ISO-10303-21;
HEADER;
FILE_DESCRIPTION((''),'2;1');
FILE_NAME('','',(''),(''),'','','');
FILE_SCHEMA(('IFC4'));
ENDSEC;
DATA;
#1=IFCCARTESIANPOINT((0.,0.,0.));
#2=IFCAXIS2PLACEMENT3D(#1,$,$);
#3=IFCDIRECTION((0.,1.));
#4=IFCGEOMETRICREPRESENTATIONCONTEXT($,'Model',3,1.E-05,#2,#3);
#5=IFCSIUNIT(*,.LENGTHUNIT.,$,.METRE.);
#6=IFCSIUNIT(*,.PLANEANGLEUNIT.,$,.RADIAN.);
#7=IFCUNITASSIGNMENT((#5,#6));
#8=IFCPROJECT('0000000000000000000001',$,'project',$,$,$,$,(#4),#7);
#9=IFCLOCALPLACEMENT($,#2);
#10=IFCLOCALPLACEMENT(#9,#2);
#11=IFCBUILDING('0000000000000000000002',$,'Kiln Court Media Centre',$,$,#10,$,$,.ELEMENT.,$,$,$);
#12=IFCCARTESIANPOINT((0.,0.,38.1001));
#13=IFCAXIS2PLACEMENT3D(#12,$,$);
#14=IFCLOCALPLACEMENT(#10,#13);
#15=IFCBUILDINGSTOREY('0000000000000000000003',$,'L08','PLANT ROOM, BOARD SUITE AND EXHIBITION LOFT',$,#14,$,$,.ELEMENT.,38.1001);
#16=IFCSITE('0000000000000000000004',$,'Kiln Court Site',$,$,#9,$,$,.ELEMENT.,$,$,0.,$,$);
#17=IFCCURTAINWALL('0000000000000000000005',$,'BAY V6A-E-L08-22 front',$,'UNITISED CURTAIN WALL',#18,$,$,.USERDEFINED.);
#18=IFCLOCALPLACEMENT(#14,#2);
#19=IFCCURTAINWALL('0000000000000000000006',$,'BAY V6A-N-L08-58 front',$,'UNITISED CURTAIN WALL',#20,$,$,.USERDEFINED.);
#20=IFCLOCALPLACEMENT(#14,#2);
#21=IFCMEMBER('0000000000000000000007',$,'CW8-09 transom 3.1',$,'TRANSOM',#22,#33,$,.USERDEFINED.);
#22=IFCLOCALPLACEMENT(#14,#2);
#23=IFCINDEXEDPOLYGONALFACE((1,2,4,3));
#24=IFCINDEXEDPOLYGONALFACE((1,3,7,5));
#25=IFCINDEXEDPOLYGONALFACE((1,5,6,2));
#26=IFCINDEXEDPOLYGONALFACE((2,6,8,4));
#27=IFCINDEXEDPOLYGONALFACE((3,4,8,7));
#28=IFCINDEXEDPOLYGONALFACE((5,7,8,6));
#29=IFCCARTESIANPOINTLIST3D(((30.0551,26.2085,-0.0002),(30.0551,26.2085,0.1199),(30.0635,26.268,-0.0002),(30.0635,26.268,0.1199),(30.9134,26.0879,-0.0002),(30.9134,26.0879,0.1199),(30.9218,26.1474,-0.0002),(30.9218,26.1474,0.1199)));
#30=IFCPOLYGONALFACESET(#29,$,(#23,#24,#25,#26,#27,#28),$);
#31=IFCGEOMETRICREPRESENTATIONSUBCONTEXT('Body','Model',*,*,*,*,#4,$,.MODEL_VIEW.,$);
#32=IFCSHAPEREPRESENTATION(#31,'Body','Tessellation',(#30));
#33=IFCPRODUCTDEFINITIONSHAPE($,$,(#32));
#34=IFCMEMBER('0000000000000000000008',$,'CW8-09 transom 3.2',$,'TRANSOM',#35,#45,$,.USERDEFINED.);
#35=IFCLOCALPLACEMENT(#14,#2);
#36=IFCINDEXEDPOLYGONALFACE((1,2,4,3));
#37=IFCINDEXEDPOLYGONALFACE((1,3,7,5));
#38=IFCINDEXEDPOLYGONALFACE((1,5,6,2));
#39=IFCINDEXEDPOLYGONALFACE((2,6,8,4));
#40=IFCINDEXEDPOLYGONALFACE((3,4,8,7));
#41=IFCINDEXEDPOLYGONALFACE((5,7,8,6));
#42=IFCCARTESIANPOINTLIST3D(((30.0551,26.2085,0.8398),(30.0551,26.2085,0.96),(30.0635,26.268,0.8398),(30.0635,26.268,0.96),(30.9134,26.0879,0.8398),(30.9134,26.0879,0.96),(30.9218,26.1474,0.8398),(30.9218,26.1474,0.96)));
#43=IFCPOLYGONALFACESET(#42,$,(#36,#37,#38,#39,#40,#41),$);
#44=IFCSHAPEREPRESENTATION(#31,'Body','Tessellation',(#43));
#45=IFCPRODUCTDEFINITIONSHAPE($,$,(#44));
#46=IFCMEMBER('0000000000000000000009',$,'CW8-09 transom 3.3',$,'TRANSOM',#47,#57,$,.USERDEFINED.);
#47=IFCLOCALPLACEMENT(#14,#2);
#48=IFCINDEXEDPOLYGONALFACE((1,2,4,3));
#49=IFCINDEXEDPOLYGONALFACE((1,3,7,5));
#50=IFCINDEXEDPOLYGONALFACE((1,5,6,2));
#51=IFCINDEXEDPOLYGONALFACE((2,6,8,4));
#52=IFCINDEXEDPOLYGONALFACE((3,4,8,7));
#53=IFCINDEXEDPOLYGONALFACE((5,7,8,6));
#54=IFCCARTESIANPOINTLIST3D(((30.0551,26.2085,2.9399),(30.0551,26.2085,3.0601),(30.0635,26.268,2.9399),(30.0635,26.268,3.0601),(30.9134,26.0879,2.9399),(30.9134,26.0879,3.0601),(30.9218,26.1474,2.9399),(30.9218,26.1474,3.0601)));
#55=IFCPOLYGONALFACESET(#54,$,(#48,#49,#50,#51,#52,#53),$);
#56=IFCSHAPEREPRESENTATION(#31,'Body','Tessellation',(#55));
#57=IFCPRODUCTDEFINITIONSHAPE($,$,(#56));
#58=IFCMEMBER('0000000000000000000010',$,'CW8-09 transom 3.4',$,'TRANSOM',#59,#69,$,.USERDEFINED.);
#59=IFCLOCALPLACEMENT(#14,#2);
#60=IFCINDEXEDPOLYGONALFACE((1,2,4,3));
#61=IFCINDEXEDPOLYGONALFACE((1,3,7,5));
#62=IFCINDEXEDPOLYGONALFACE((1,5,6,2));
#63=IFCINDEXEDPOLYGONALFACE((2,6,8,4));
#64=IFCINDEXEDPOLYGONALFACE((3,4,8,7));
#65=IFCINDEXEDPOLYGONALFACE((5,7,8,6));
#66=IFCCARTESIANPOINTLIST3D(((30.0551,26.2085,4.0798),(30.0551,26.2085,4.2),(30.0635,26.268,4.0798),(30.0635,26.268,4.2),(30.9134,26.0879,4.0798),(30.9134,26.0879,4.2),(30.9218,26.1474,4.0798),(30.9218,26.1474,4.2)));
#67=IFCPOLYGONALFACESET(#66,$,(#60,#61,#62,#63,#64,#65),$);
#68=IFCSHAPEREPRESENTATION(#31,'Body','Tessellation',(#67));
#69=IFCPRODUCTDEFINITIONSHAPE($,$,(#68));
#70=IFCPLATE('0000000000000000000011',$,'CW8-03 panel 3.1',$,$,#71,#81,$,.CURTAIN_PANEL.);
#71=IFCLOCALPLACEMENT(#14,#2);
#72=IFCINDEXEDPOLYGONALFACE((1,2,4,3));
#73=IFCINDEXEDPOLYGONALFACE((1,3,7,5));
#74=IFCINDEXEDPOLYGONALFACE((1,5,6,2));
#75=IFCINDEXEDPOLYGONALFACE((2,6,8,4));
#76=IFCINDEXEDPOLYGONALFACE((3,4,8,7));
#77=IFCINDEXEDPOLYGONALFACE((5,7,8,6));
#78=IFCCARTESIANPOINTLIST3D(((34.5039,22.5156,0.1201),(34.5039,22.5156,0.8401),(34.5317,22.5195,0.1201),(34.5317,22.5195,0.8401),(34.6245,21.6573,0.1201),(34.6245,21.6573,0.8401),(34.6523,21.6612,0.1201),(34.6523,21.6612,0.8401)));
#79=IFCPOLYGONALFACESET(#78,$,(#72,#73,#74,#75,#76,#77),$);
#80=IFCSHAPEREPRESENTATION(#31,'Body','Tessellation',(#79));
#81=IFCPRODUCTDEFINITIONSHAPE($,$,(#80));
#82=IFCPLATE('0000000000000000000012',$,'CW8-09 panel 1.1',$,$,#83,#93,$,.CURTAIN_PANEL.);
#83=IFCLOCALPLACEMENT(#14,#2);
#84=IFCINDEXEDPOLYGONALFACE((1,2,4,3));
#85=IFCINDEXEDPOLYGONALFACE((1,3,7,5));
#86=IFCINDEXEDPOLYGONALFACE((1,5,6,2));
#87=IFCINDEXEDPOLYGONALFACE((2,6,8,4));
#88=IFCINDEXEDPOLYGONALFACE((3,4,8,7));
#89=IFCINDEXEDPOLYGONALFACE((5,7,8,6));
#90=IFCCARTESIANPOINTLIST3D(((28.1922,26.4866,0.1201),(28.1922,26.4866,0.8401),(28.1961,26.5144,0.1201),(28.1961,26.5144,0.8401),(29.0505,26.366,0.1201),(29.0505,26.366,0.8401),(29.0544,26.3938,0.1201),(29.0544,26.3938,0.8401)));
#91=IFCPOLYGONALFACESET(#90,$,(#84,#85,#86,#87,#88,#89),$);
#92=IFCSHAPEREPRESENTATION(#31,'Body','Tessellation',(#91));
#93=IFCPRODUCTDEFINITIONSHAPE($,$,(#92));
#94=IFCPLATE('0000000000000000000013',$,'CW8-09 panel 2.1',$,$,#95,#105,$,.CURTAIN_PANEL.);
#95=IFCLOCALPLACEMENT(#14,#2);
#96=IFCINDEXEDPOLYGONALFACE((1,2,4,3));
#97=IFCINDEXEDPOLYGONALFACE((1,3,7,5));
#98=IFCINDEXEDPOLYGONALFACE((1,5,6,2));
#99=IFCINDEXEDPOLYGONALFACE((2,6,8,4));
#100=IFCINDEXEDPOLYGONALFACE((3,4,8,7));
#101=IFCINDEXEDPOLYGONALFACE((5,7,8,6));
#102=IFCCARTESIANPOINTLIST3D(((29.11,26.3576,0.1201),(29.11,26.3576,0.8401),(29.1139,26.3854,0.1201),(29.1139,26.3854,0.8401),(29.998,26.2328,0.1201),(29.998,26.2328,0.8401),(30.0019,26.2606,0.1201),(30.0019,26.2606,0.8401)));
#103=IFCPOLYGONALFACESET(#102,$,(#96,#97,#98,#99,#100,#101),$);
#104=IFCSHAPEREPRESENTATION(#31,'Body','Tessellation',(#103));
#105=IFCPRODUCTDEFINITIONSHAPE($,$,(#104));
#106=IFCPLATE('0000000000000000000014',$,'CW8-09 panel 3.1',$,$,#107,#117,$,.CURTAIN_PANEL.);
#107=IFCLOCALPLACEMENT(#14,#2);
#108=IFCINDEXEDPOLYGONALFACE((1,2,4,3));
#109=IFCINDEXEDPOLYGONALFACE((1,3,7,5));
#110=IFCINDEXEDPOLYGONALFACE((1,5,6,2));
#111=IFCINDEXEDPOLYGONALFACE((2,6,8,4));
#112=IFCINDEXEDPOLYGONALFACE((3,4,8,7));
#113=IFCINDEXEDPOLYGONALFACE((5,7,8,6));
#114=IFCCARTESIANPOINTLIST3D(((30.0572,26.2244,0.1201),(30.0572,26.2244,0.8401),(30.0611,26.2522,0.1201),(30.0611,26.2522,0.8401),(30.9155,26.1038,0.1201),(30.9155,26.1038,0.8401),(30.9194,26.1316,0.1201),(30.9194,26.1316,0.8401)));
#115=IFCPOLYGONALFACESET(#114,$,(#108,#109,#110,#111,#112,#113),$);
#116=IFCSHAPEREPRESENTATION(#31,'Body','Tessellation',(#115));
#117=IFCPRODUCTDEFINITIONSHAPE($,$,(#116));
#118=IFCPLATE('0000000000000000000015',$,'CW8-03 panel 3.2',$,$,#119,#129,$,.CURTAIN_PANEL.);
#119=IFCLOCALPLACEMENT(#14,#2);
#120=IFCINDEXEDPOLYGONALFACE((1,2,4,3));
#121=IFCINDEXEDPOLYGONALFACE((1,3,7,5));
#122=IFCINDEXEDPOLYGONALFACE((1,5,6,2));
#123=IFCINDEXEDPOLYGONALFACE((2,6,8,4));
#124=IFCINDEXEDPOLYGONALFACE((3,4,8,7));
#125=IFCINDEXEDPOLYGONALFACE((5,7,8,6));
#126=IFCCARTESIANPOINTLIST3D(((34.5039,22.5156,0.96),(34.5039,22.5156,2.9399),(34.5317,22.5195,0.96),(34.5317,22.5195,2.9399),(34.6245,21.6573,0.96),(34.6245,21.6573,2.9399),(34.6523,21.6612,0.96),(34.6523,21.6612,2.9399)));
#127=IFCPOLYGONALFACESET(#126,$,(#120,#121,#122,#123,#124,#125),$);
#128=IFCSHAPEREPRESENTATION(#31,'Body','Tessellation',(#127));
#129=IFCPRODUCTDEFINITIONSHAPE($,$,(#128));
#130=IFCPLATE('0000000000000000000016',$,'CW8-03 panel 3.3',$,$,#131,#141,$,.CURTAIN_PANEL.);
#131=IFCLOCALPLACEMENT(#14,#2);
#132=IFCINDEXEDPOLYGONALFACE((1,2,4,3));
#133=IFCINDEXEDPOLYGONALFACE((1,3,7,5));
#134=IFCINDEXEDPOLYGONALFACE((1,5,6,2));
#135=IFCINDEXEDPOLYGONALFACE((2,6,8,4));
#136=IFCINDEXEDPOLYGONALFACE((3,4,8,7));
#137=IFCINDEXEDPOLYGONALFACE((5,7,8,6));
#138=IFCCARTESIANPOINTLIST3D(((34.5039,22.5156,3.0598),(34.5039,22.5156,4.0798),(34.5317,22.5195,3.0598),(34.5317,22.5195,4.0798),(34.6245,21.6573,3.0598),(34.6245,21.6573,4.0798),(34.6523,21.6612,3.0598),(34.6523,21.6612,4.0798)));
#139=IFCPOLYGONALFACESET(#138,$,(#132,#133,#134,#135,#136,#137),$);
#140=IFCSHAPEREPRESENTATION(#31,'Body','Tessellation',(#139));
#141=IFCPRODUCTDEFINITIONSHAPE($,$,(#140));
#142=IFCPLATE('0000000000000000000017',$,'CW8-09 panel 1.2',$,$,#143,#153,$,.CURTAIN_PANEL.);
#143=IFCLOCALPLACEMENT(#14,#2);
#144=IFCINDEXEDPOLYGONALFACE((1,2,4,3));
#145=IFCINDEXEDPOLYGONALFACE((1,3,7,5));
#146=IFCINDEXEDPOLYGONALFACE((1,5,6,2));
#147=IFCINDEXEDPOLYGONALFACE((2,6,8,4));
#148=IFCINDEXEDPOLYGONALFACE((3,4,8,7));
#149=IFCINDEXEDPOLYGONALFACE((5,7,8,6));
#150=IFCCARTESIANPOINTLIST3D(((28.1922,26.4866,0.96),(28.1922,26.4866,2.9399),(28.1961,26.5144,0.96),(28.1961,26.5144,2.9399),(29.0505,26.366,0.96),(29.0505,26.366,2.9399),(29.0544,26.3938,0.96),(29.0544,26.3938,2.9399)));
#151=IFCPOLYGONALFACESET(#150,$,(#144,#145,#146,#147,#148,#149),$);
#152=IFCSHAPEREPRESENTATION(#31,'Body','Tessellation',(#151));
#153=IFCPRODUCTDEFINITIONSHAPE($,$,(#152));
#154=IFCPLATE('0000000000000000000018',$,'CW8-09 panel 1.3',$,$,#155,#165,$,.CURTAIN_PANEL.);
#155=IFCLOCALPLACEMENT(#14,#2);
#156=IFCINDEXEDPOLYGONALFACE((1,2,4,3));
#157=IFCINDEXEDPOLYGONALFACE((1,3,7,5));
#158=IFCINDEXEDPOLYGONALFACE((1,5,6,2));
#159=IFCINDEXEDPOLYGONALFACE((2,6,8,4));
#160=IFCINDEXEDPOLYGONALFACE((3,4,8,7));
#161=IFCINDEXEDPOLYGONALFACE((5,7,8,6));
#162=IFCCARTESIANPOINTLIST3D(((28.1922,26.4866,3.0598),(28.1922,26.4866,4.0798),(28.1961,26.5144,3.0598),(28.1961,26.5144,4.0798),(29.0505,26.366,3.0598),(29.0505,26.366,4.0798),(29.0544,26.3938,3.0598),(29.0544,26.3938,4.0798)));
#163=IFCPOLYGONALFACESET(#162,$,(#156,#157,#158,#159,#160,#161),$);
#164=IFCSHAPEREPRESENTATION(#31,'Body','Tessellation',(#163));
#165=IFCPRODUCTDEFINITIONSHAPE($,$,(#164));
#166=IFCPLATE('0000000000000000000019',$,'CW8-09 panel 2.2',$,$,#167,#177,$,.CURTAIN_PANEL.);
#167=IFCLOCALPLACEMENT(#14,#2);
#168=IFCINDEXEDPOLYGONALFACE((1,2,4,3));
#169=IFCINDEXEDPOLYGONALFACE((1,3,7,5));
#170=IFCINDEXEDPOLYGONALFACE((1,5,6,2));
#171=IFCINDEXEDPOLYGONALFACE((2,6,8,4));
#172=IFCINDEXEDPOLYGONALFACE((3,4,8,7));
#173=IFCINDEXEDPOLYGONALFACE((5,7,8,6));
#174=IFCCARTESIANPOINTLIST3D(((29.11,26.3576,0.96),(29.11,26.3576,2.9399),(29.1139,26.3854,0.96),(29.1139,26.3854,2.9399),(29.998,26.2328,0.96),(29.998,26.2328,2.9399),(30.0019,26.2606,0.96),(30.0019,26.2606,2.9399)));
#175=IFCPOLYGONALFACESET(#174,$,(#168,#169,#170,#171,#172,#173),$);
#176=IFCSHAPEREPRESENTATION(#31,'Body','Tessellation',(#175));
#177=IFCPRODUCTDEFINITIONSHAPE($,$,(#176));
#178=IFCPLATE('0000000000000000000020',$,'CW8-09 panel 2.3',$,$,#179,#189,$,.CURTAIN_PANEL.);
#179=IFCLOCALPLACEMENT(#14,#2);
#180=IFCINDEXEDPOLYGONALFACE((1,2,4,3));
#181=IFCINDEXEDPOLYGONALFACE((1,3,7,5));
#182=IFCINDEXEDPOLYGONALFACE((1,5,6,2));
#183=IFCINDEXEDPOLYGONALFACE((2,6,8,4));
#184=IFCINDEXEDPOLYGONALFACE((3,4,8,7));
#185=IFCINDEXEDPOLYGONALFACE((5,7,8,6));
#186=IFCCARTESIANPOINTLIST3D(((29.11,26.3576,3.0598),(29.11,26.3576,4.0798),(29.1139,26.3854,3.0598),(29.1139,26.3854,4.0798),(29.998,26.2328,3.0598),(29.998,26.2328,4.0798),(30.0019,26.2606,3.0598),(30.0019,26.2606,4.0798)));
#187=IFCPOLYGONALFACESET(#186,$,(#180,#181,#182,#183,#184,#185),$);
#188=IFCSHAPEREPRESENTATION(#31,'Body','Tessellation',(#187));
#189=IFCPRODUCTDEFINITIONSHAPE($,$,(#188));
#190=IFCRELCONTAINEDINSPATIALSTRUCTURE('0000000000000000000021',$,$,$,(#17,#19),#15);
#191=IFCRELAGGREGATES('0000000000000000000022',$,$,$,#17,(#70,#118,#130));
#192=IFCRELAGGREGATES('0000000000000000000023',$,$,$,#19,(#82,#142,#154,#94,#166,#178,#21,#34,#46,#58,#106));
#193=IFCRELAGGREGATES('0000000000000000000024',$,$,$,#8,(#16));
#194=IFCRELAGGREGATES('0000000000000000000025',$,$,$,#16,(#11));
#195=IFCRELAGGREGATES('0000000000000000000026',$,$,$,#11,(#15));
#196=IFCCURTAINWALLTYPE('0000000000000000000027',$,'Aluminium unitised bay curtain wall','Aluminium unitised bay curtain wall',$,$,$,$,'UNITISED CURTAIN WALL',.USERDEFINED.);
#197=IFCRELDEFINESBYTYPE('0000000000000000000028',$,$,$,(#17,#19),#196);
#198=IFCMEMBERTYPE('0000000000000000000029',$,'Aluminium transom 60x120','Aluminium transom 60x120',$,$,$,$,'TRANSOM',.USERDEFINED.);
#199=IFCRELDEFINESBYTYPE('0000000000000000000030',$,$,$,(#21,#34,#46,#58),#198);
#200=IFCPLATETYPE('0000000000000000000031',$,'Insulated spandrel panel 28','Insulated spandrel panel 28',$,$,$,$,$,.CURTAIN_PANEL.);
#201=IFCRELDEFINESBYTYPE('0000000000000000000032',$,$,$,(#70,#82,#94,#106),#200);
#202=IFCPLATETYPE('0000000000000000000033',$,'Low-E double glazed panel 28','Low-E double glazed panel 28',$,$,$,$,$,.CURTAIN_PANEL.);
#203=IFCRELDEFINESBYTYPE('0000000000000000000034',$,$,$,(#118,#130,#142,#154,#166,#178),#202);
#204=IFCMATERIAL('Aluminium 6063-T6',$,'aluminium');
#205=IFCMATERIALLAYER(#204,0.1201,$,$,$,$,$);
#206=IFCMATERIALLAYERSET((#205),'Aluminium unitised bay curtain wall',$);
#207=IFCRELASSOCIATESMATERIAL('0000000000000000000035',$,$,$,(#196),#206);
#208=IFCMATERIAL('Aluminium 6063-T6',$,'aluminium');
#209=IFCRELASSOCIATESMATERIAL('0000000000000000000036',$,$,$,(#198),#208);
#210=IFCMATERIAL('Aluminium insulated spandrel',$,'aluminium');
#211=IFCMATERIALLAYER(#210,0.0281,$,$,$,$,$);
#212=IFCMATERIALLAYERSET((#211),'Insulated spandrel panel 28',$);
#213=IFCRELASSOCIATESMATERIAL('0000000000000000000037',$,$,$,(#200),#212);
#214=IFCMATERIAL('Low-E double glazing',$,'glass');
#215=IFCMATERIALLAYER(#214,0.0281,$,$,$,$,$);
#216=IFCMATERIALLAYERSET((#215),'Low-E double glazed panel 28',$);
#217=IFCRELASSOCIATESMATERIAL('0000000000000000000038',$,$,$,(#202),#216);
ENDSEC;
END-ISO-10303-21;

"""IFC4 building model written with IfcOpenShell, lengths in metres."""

from ifc_helpers import new_model, si_unit, direction, frame, origin, origin_2d, place, context, subcontext, project, spatial, rectangle, extrude, material, layer, layer_set, material_profile, profile_set, type_object, element, aggregate, save


model = new_model("IFC4")

# Units and contexts
model_context = context("Model", 3, precision=1e-05, world=origin(), true_north=direction((0.0, 1.0)))
body_context = subcontext(model_context, "Body", "Model", "MODEL_VIEW")
ifc_project = project(units=[si_unit("LENGTHUNIT", "METRE"), si_unit("PLANEANGLEUNIT", "RADIAN")], contexts=[model_context])

# Site, building, storey
site_placement = place(None, origin())
site = spatial("IfcSite", under=ifc_project, at=site_placement, Name="Kiln Court Site", CompositionType="ELEMENT", RefElevation=0.0)
building_placement = place(site_placement, origin())
building = spatial("IfcBuilding", under=site, at=building_placement, Name="Kiln Court Media Centre", CompositionType="ELEMENT")
storey_placement = place(building_placement, frame((0.0, 0.0, 38.1001)))
storey = spatial("IfcBuildingStorey", under=building, at=storey_placement, Name="L08", Description="PLANT ROOM, BOARD SUITE AND EXHIBITION LOFT", CompositionType="ELEMENT", Elevation=38.1001)

# Curtain wall
ifc_material_1 = material(Name="Aluminium 6063-T6", Category="aluminium")
ifc_layer_1 = layer(ifc_material_1, 0.1201)
ifc_layer_set_1 = layer_set([ifc_layer_1], Name="Aluminium unitised bay curtain wall")
curtain_wall_type = type_object("IfcCurtainWallType", Name="Aluminium unitised bay curtain wall", Description="Aluminium unitised bay curtain wall", ElementType="UNITISED CURTAIN WALL", PredefinedType="USERDEFINED", material=ifc_layer_set_1)
curtain_wall_1_placement = place(storey_placement, origin())
curtain_wall_1 = element("IfcCurtainWall", 1, at=curtain_wall_1_placement, inside=storey, type_object=curtain_wall_type, Name="BAY V6A-E-L08-22 front", ObjectType="UNITISED CURTAIN WALL", PredefinedType="USERDEFINED")

# Curtain wall, members
curtain_wall_2_placement = place(storey_placement, origin())
curtain_wall_2 = element("IfcCurtainWall", 2, at=curtain_wall_2_placement, inside=storey, type_object=curtain_wall_type, Name="BAY V6A-N-L08-58 front", ObjectType="UNITISED CURTAIN WALL", PredefinedType="USERDEFINED")
ifc_material_2 = material(Name="Aluminium 6063-T6", Category="aluminium")
ifc_material_profile_1 = material_profile(ifc_material_2, rectangle(XDim=0.0601, YDim=0.1201, at=origin_2d()), Name="Aluminium transom 60x120")
ifc_profile_set_1 = profile_set([ifc_material_profile_1], Name="Aluminium 6063-T6")
member_type_1 = type_object("IfcMemberType", Name="Aluminium transom 60x120", Description="Aluminium transom 60x120", ElementType="TRANSOM", PredefinedType="USERDEFINED", material=ifc_profile_set_1)
member_1_placement = place(storey_placement, frame((30.0593, 26.2383, 0.0598), z_axis=(0.990268, -0.139173, 0.0), x_axis=(0.139173, 0.990268, 0.0)))
member_1 = element("IfcMember", 3, at=member_1_placement, type_object=member_type_1, Name="CW8-09 transom 3.1", ObjectType="TRANSOM", PredefinedType="USERDEFINED", context=body_context, shape_type="SweptSolid", body=[
    extrude(rectangle(XDim=0.0601, YDim=0.1201, at=origin_2d()), origin(), (0.0, 0.0, 1.0), 0.8667),
])
member_2_placement = place(storey_placement, frame((30.0593, 26.2383, 0.8999), z_axis=(0.990268, -0.139173, 0.0), x_axis=(0.139173, 0.990268, 0.0)))
member_2 = element("IfcMember", 4, at=member_2_placement, type_object=member_type_1, Name="CW8-09 transom 3.2", ObjectType="TRANSOM", PredefinedType="USERDEFINED", context=body_context, shape_type="SweptSolid", body=[
    extrude(rectangle(XDim=0.0601, YDim=0.1201, at=origin_2d()), origin(), (0.0, 0.0, 1.0), 0.8667),
])
member_3_placement = place(storey_placement, frame((30.0593, 26.2383, 3.0), z_axis=(0.990268, -0.139173, 0.0), x_axis=(0.139173, 0.990268, 0.0)))
member_3 = element("IfcMember", 5, at=member_3_placement, type_object=member_type_1, Name="CW8-09 transom 3.3", ObjectType="TRANSOM", PredefinedType="USERDEFINED", context=body_context, shape_type="SweptSolid", body=[
    extrude(rectangle(XDim=0.0601, YDim=0.1201, at=origin_2d()), origin(), (0.0, 0.0, 1.0), 0.8667),
])
member_4_placement = place(storey_placement, frame((30.0593, 26.2383, 4.1399), z_axis=(0.990268, -0.139173, 0.0), x_axis=(0.139173, 0.990268, 0.0)))
member_4 = element("IfcMember", 6, at=member_4_placement, type_object=member_type_1, Name="CW8-09 transom 3.4", ObjectType="TRANSOM", PredefinedType="USERDEFINED", context=body_context, shape_type="SweptSolid", body=[
    extrude(rectangle(XDim=0.0601, YDim=0.1201, at=origin_2d()), origin(), (0.0, 0.0, 1.0), 0.8667),
])

# Plates
ifc_material_3 = material(Name="Aluminium insulated spandrel", Category="aluminium")
ifc_layer_2 = layer(ifc_material_3, 0.0281)
ifc_layer_set_2 = layer_set([ifc_layer_2], Name="Insulated spandrel panel 28")
plate_type_1 = type_object("IfcPlateType", Name="Insulated spandrel panel 28", Description="Insulated spandrel panel 28", PredefinedType="CURTAIN_PANEL", material=ifc_layer_set_2)
plate_1_placement = place(storey_placement, frame((34.5781, 22.0884, 0.1201), z_axis=(0.0, 0.0, 1.0), x_axis=(-0.139162, 0.99027, 0.0)))
plate_1 = element("IfcPlate", 7, at=plate_1_placement, type_object=plate_type_1, Name="CW8-03 panel 3.1", PredefinedType="CURTAIN_PANEL", context=body_context, shape_type="SweptSolid", body=[
    extrude(rectangle(XDim=0.8667, YDim=0.0281, at=origin_2d()), origin(), (0.0, 0.0, 1.0), 0.72),
])
plate_2_placement = place(storey_placement, frame((28.6233, 26.4402, 0.1201), z_axis=(0.0, 0.0, 1.0), x_axis=(0.99027, -0.139162, 0.0)))
plate_2 = element("IfcPlate", 8, at=plate_2_placement, type_object=plate_type_1, Name="CW8-09 panel 1.1", PredefinedType="CURTAIN_PANEL", context=body_context, shape_type="SweptSolid", body=[
    extrude(rectangle(XDim=0.8667, YDim=0.0281, at=origin_2d()), origin(), (0.0, 0.0, 1.0), 0.72),
])
plate_3_placement = place(storey_placement, frame((29.5559, 26.3091, 0.1201), z_axis=(0.0, 0.0, 1.0), x_axis=(0.99027, -0.139162, 0.0)))
plate_3 = element("IfcPlate", 9, at=plate_3_placement, type_object=plate_type_1, Name="CW8-09 panel 2.1", PredefinedType="CURTAIN_PANEL", context=body_context, shape_type="SweptSolid", body=[
    extrude(rectangle(XDim=0.8967, YDim=0.0281, at=origin_2d()), origin(), (0.0, 0.0, 1.0), 0.72),
])
plate_4_placement = place(storey_placement, frame((30.4883, 26.178, 0.1201), z_axis=(0.0, 0.0, 1.0), x_axis=(0.99027, -0.139162, 0.0)))
plate_4 = element("IfcPlate", 10, at=plate_4_placement, type_object=plate_type_1, Name="CW8-09 panel 3.1", PredefinedType="CURTAIN_PANEL", context=body_context, shape_type="SweptSolid", body=[
    extrude(rectangle(XDim=0.8667, YDim=0.0281, at=origin_2d()), origin(), (0.0, 0.0, 1.0), 0.72),
])
ifc_material_4 = material(Name="Low-E double glazing", Category="glass")
ifc_layer_3 = layer(ifc_material_4, 0.0281)
ifc_layer_set_3 = layer_set([ifc_layer_3], Name="Low-E double glazed panel 28")
plate_type_2 = type_object("IfcPlateType", Name="Low-E double glazed panel 28", Description="Low-E double glazed panel 28", PredefinedType="CURTAIN_PANEL", material=ifc_layer_set_3)
plate_5_placement = place(storey_placement, frame((34.5781, 22.0884, 0.96), z_axis=(0.0, 0.0, 1.0), x_axis=(-0.139162, 0.99027, 0.0)))
plate_5 = element("IfcPlate", 11, at=plate_5_placement, type_object=plate_type_2, Name="CW8-03 panel 3.2", PredefinedType="CURTAIN_PANEL", context=body_context, shape_type="SweptSolid", body=[
    extrude(rectangle(XDim=0.8667, YDim=0.0281, at=origin_2d()), origin(), (0.0, 0.0, 1.0), 1.98),
])
plate_6_placement = place(storey_placement, frame((34.5781, 22.0884, 3.0598), z_axis=(0.0, 0.0, 1.0), x_axis=(-0.139162, 0.99027, 0.0)))
plate_6 = element("IfcPlate", 12, at=plate_6_placement, type_object=plate_type_2, Name="CW8-03 panel 3.3", PredefinedType="CURTAIN_PANEL", context=body_context, shape_type="SweptSolid", body=[
    extrude(rectangle(XDim=0.8667, YDim=0.0281, at=origin_2d()), origin(), (0.0, 0.0, 1.0), 1.02),
])
aggregate(curtain_wall_1, [plate_1, plate_5, plate_6])
plate_7_placement = place(storey_placement, frame((28.6233, 26.4402, 0.96), z_axis=(0.0, 0.0, 1.0), x_axis=(0.99027, -0.139162, 0.0)))
plate_7 = element("IfcPlate", 13, at=plate_7_placement, type_object=plate_type_2, Name="CW8-09 panel 1.2", PredefinedType="CURTAIN_PANEL", context=body_context, shape_type="SweptSolid", body=[
    extrude(rectangle(XDim=0.8667, YDim=0.0281, at=origin_2d()), origin(), (0.0, 0.0, 1.0), 1.98),
])
plate_8_placement = place(storey_placement, frame((28.6233, 26.4402, 3.0598), z_axis=(0.0, 0.0, 1.0), x_axis=(0.99027, -0.139162, 0.0)))
plate_8 = element("IfcPlate", 14, at=plate_8_placement, type_object=plate_type_2, Name="CW8-09 panel 1.3", PredefinedType="CURTAIN_PANEL", context=body_context, shape_type="SweptSolid", body=[
    extrude(rectangle(XDim=0.8667, YDim=0.0281, at=origin_2d()), origin(), (0.0, 0.0, 1.0), 1.02),
])
plate_9_placement = place(storey_placement, frame((29.5559, 26.3091, 0.96), z_axis=(0.0, 0.0, 1.0), x_axis=(0.99027, -0.139162, 0.0)))
plate_9 = element("IfcPlate", 15, at=plate_9_placement, type_object=plate_type_2, Name="CW8-09 panel 2.2", PredefinedType="CURTAIN_PANEL", context=body_context, shape_type="SweptSolid", body=[
    extrude(rectangle(XDim=0.8967, YDim=0.0281, at=origin_2d()), origin(), (0.0, 0.0, 1.0), 1.98),
])
plate_10_placement = place(storey_placement, frame((29.5559, 26.3091, 3.0598), z_axis=(0.0, 0.0, 1.0), x_axis=(0.99027, -0.139162, 0.0)))
plate_10 = element("IfcPlate", 16, at=plate_10_placement, type_object=plate_type_2, Name="CW8-09 panel 2.3", PredefinedType="CURTAIN_PANEL", context=body_context, shape_type="SweptSolid", body=[
    extrude(rectangle(XDim=0.8967, YDim=0.0281, at=origin_2d()), origin(), (0.0, 0.0, 1.0), 1.02),
])
aggregate(curtain_wall_2, [plate_2, plate_7, plate_8, plate_3, plate_9, plate_10, member_1, member_2, member_3, member_4, plate_4])

save(model, "model.ifc")
